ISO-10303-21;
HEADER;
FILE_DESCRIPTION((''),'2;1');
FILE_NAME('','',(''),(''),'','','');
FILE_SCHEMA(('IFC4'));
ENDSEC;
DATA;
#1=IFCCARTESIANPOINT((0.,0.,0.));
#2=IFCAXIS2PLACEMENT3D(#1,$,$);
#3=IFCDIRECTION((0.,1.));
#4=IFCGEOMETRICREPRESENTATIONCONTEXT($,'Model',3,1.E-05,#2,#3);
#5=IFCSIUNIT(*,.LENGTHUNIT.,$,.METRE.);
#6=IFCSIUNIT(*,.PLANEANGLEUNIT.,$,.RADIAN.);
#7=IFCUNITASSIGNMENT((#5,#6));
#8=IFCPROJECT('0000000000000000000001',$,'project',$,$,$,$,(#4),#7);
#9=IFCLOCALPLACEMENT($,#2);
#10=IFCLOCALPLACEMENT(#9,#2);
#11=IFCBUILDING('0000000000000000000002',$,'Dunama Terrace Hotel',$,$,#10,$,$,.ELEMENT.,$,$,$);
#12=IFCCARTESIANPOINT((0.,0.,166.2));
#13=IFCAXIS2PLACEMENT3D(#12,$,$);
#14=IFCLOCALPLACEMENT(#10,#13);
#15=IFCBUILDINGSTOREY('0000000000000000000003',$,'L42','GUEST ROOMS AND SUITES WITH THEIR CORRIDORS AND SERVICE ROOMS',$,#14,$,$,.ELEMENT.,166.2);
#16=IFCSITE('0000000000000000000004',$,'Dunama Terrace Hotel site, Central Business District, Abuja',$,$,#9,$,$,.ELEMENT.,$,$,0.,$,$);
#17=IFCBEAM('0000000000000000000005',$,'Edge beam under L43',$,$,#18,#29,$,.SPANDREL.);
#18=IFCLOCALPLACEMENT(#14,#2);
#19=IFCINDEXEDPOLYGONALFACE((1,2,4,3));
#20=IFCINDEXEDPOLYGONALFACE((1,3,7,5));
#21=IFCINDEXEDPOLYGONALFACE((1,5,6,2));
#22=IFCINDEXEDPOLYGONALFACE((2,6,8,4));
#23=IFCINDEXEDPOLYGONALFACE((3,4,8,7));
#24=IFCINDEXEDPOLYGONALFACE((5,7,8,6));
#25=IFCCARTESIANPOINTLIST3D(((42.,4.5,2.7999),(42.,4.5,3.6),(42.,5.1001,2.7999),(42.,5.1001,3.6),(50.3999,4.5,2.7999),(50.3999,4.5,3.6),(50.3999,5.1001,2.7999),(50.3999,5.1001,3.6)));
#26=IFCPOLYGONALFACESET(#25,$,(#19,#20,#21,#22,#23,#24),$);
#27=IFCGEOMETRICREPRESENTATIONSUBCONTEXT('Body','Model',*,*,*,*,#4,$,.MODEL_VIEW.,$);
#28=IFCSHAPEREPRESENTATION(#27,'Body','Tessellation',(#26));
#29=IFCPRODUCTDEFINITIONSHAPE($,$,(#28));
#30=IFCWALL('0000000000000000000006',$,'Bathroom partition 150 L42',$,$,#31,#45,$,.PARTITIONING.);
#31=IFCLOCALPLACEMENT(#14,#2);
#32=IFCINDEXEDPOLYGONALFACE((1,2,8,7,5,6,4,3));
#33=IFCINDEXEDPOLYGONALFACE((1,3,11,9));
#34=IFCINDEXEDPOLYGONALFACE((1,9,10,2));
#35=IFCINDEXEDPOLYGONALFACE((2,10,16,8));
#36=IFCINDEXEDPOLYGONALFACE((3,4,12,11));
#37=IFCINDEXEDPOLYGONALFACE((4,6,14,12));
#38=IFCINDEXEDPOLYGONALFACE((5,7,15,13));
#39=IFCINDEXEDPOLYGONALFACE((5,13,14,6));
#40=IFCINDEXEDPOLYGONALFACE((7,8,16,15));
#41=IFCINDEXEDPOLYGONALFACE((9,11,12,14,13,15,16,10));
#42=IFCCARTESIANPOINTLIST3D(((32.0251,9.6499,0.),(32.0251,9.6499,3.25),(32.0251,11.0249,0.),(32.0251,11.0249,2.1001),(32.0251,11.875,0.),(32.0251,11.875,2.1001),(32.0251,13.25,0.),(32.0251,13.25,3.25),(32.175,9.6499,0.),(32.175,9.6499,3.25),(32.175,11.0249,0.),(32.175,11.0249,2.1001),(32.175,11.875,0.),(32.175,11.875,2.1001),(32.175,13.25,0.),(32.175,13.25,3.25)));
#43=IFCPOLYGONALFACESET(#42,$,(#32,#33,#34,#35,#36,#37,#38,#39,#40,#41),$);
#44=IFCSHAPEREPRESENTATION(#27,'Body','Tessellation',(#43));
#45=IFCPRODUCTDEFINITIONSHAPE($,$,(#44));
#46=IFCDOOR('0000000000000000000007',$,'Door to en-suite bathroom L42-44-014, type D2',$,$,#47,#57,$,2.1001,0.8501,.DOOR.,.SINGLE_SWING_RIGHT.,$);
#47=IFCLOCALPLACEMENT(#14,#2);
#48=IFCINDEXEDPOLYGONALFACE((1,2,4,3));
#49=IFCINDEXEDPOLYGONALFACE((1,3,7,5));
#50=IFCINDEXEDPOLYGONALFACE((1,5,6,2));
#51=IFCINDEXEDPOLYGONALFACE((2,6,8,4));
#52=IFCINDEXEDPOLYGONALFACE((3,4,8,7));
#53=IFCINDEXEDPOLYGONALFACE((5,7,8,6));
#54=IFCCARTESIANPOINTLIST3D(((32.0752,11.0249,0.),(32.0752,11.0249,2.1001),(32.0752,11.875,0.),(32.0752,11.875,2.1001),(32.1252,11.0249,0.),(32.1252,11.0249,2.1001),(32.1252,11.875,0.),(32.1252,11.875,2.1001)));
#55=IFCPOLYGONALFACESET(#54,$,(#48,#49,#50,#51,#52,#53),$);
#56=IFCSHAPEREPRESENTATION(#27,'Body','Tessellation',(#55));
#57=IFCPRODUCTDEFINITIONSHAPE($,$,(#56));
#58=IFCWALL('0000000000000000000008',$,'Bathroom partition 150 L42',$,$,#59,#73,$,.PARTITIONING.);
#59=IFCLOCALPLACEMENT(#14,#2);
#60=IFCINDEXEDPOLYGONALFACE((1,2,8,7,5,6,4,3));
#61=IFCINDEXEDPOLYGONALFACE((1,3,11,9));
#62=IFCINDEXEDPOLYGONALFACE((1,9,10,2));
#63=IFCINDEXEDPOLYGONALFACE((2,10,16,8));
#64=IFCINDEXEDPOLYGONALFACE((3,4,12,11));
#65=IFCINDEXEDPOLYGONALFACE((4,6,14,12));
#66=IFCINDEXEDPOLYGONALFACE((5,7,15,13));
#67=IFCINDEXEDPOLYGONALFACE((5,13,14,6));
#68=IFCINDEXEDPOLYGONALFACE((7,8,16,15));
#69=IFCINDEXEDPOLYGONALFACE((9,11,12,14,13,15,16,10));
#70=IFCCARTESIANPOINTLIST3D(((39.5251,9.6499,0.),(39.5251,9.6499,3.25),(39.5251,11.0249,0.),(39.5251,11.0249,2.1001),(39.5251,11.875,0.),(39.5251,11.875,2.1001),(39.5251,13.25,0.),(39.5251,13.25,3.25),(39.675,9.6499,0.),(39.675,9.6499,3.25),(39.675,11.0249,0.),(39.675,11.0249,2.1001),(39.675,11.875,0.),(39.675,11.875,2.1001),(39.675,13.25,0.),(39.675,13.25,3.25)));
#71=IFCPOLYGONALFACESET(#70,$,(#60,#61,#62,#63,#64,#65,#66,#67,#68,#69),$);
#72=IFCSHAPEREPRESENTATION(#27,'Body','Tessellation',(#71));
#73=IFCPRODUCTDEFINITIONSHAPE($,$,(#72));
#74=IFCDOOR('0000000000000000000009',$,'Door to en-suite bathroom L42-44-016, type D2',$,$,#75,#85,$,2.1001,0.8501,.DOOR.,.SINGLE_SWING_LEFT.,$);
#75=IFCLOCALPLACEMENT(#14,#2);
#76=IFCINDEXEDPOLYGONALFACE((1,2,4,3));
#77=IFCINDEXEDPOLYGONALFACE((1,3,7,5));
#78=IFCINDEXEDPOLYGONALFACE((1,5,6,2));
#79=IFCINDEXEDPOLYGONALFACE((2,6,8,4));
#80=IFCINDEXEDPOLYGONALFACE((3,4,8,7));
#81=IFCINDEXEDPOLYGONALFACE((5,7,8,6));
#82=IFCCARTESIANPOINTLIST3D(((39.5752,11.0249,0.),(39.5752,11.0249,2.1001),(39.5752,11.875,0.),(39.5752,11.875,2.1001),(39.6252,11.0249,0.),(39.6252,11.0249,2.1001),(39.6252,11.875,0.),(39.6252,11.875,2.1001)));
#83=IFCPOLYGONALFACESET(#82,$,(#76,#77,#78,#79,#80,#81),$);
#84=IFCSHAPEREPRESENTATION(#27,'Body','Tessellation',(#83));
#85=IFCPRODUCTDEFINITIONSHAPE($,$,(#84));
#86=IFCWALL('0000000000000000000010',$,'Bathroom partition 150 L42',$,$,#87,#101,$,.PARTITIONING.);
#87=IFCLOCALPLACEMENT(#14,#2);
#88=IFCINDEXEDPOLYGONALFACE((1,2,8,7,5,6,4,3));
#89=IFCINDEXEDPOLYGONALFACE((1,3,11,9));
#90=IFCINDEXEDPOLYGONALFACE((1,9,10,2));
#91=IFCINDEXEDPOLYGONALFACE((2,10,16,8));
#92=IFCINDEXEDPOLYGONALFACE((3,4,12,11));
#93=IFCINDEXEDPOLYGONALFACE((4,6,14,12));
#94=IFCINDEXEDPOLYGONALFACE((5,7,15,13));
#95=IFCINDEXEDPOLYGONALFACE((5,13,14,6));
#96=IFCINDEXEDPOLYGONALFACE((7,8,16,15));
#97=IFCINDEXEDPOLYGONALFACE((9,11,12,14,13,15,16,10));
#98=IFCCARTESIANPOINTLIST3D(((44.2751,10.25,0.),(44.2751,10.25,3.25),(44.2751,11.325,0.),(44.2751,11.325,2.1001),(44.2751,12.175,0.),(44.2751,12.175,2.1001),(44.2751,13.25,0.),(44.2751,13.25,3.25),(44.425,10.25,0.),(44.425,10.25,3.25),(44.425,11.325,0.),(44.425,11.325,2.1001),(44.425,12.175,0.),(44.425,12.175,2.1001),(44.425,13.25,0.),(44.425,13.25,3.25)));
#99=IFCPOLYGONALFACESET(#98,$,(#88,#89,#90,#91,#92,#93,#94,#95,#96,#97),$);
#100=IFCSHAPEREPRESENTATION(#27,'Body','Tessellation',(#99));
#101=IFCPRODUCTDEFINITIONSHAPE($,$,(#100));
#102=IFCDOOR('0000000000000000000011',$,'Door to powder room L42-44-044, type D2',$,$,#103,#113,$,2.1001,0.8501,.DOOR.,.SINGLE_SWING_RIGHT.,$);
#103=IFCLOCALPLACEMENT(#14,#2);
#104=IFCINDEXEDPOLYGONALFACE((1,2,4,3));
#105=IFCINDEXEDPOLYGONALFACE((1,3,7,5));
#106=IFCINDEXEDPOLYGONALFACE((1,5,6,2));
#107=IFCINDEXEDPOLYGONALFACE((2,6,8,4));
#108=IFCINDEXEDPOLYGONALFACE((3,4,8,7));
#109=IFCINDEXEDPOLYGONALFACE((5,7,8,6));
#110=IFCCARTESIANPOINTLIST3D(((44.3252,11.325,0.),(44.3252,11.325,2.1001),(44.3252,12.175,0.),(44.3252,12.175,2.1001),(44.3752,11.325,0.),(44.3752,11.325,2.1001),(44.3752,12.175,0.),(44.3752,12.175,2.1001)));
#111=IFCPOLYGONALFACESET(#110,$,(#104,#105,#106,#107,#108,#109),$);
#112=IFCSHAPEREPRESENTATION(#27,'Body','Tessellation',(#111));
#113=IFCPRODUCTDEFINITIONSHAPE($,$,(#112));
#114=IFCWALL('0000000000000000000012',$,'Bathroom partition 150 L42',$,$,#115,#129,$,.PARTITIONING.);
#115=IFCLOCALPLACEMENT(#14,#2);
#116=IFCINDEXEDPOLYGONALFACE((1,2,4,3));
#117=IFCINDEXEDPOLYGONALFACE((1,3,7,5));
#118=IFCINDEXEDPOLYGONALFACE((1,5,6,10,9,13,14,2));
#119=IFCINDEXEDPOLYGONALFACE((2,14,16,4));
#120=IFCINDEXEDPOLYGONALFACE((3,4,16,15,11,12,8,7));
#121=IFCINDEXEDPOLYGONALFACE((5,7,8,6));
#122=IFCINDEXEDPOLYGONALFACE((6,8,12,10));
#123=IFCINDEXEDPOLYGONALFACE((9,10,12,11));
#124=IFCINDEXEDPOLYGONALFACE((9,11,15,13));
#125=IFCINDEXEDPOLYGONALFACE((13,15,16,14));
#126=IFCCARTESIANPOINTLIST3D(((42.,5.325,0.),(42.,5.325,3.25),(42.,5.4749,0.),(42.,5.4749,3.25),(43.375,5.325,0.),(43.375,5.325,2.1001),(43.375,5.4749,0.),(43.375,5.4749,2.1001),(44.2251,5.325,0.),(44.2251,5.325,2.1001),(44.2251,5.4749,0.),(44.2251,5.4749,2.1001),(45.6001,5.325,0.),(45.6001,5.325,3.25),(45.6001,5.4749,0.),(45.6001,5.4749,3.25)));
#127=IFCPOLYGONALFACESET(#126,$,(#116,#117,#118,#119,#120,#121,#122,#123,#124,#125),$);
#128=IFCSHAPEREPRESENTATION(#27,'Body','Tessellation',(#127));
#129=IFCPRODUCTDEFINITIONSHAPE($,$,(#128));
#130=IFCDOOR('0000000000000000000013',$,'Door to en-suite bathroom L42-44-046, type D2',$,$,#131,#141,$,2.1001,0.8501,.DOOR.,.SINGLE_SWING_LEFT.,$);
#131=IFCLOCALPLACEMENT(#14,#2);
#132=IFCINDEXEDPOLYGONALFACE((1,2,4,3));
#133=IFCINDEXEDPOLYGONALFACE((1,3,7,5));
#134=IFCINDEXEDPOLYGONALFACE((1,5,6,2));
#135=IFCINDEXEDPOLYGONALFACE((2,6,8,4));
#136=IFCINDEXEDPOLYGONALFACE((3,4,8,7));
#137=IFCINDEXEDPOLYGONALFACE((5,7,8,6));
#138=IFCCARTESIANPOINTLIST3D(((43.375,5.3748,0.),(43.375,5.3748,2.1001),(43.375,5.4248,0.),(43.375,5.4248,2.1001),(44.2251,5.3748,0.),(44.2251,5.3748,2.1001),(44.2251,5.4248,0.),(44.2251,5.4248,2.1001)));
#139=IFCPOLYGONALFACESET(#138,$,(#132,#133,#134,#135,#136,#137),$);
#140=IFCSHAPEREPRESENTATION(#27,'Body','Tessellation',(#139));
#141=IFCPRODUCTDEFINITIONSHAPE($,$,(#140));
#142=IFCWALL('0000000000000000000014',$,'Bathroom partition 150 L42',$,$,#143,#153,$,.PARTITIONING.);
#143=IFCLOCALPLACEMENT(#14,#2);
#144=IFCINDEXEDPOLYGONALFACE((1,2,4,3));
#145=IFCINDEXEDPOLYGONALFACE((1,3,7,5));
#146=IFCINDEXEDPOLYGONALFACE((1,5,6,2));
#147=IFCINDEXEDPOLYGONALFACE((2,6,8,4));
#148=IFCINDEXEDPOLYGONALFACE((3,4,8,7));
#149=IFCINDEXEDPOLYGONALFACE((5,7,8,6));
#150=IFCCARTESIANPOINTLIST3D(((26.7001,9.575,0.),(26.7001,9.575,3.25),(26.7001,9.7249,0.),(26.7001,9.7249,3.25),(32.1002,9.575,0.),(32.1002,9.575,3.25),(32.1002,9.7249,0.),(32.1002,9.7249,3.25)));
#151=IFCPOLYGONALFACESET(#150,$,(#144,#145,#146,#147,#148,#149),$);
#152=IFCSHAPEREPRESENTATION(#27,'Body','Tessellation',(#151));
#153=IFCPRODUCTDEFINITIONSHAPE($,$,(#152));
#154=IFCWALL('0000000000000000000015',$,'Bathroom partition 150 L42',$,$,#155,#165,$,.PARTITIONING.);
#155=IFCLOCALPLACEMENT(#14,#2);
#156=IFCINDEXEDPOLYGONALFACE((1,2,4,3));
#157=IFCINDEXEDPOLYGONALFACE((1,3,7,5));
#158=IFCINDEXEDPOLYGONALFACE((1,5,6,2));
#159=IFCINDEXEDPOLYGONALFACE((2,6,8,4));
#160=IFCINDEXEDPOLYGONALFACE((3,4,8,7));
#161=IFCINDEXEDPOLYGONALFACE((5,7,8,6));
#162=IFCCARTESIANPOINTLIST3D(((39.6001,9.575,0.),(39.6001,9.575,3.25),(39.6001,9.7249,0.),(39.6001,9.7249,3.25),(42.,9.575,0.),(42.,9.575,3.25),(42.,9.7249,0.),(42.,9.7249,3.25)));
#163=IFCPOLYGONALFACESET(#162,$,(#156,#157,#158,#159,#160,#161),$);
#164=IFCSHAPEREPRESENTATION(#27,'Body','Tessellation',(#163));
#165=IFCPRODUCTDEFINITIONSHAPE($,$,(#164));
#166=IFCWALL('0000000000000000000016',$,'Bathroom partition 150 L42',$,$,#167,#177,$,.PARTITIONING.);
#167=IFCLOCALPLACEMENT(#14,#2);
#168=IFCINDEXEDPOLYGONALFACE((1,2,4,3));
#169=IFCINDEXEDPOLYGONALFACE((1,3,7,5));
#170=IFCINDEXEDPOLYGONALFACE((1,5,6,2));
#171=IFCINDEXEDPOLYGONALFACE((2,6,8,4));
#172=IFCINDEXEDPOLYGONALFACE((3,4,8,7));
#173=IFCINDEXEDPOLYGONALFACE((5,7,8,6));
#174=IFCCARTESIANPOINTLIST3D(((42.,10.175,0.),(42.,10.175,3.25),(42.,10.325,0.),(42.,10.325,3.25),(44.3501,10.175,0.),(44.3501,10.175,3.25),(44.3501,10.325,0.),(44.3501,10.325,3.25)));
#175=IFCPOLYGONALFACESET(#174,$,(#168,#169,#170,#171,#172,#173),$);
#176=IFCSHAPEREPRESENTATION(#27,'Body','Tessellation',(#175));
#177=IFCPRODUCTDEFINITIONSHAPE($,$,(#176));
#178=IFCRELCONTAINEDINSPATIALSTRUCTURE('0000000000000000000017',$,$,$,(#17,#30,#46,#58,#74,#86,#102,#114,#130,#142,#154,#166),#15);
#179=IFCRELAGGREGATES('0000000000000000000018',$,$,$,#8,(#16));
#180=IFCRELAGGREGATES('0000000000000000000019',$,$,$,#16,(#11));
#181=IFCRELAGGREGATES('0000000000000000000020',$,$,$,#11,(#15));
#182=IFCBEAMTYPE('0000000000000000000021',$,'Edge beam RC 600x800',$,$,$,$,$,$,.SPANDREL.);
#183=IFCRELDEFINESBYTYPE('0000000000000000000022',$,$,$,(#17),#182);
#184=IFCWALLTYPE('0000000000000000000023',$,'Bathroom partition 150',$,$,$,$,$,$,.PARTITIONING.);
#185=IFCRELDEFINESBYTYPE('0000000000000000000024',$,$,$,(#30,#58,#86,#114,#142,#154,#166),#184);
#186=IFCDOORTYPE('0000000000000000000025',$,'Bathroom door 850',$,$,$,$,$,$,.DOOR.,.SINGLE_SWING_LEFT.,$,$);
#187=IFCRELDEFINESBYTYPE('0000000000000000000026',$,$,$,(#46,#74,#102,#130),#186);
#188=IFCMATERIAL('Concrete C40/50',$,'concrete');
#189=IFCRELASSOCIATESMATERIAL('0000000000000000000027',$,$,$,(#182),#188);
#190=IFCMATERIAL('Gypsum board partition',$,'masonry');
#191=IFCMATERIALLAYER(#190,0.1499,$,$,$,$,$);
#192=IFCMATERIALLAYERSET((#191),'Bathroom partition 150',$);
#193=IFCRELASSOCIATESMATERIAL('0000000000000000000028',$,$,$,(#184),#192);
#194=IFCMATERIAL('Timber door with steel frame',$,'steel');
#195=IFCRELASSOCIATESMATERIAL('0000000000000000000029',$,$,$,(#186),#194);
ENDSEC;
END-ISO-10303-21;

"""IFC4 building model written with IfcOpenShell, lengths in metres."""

from ifc_helpers import new_model, si_unit, direction, frame, frame_2d, origin, origin_2d, place, context, subcontext, project, spatial, rectangle, extrude, material, layer, layer_set, material_profile, profile_set, type_object, element, fill, save


model = new_model("IFC4")

# Units and contexts
model_context = context("Model", 3, precision=1e-05, world=origin(), true_north=direction((0.0, 1.0)))
body_context = subcontext(model_context, "Body", "Model", "MODEL_VIEW")
ifc_project = project(units=[si_unit("LENGTHUNIT", "METRE"), si_unit("PLANEANGLEUNIT", "RADIAN")], contexts=[model_context])

# Site, building, storey
site_placement = place(None, origin())
site = spatial("IfcSite", under=ifc_project, at=site_placement, Name="Dunama Terrace Hotel site, Central Business District, Abuja", CompositionType="ELEMENT", RefElevation=0.0)
building_placement = place(site_placement, origin())
building = spatial("IfcBuilding", under=site, at=building_placement, Name="Dunama Terrace Hotel", CompositionType="ELEMENT")
storey_placement = place(building_placement, frame((0.0, 0.0, 166.2)))
storey = spatial("IfcBuildingStorey", under=building, at=storey_placement, Name="L42", Description="GUEST ROOMS AND SUITES WITH THEIR CORRIDORS AND SERVICE ROOMS", CompositionType="ELEMENT", Elevation=166.2)

# Beam
ifc_material_1 = material(Name="Concrete C40/50", Category="concrete")
ifc_material_profile = material_profile(ifc_material_1, rectangle(XDim=0.6001, YDim=0.8, at=origin_2d()), Name="RC 600x800")
ifc_profile_set = profile_set([ifc_material_profile], Name="Concrete C40/50")
beam_type = type_object("IfcBeamType", Name="Edge beam RC 600x800", PredefinedType="SPANDREL", material=ifc_profile_set)
beam_placement = place(storey_placement, frame((42.0, 4.8, 3.2), z_axis=(1.0, 0.0, 0.0), x_axis=(0.0, 1.0, 0.0)))
element("IfcBeam", 1, at=beam_placement, inside=storey, type_object=beam_type, Name="Edge beam under L43", PredefinedType="SPANDREL", context=body_context, shape_type="SweptSolid", body=[
    extrude(rectangle(XDim=0.6001, YDim=0.8, at=origin_2d()), origin(), (0.0, 0.0, 1.0), 8.3999),
])

# Walls, openings, doors
ifc_material_2 = material(Name="Gypsum board partition", Category="masonry")
ifc_layer_1 = layer(ifc_material_2, 0.1499)
ifc_layer_set_1 = layer_set([ifc_layer_1], Name="Bathroom partition 150")
wall_type_1 = type_object("IfcWallType", Name="Bathroom partition 150", PredefinedType="PARTITIONING", material=ifc_layer_set_1)
wall_1_placement = place(storey_placement, frame((32.1001, 9.6499, 0.0), z_axis=(0.0, 0.0, 1.0), x_axis=(0.0, 1.0, 0.0)))
wall_1 = element("IfcWall", 2, at=wall_1_placement, inside=storey, type_object=wall_type_1, Name="Bathroom partition 150 L42", PredefinedType="PARTITIONING", context=body_context, shape_type="SweptSolid", body=[
    extrude(rectangle(XDim=3.6001, YDim=0.1499, at=frame_2d((1.8, 0.0))), origin(), (0.0, 0.0, 1.0), 3.25),
])
opening_1_placement = place(wall_1_placement, frame((1.375, 0.0, 0.0)))
opening_1 = element("IfcOpeningElement", 3, at=opening_1_placement, cuts=wall_1, PredefinedType="OPENING", context=body_context, shape_type="SweptSolid", body=[
    extrude(rectangle(XDim=0.8501, YDim=2.1001, at=frame_2d((0.425, 1.05))), frame((0.0, 0.085, 0.0), z_axis=(0.0, -1.0, 0.0), x_axis=(1.0, 0.0, 0.0)), (0.0, 0.0, 1.0), 0.1699),
])
ifc_material_3 = material(Name="Timber door with steel frame", Category="steel")
door_type_1 = type_object("IfcDoorType", Name="Bathroom door 850", OperationType="SINGLE_SWING_LEFT", PredefinedType="DOOR", material=ifc_material_3)
door_1_placement = place(opening_1_placement, origin())
door_1 = element("IfcDoor", 4, at=door_1_placement, inside=storey, type_object=door_type_1, Name="Door to en-suite bathroom L42-44-014, type D2", OperationType="SINGLE_SWING_RIGHT", OverallHeight=2.1001, OverallWidth=0.8501, PredefinedType="DOOR", context=body_context, shape_type="SweptSolid", body=[
    extrude(rectangle(XDim=0.8501, YDim=2.1001, at=frame_2d((0.425, 1.05))), frame((0.0, 0.0249, 0.0), z_axis=(0.0, -1.0, 0.0), x_axis=(1.0, 0.0, 0.0)), (0.0, 0.0, 1.0), 0.05),
])
fill(opening_1, door_1)
wall_2_placement = place(storey_placement, frame((39.6001, 9.6499, 0.0), z_axis=(0.0, 0.0, 1.0), x_axis=(0.0, 1.0, 0.0)))
wall_2 = element("IfcWall", 5, at=wall_2_placement, inside=storey, type_object=wall_type_1, Name="Bathroom partition 150 L42", PredefinedType="PARTITIONING", context=body_context, shape_type="SweptSolid", body=[
    extrude(rectangle(XDim=3.6001, YDim=0.1499, at=frame_2d((1.8, 0.0))), origin(), (0.0, 0.0, 1.0), 3.25),
])
opening_2_placement = place(wall_2_placement, frame((1.375, 0.0, 0.0)))
opening_2 = element("IfcOpeningElement", 6, at=opening_2_placement, cuts=wall_2, PredefinedType="OPENING", context=body_context, shape_type="SweptSolid", body=[
    extrude(rectangle(XDim=0.8501, YDim=2.1001, at=frame_2d((0.425, 1.05))), frame((0.0, 0.085, 0.0), z_axis=(0.0, -1.0, 0.0), x_axis=(1.0, 0.0, 0.0)), (0.0, 0.0, 1.0), 0.1699),
])
door_2_placement = place(opening_2_placement, frame((0.8501, 0.0, 0.0), z_axis=(0.0, 0.0, 1.0), x_axis=(-1.0, 0.0, 0.0)))
door_2 = element("IfcDoor", 7, at=door_2_placement, inside=storey, type_object=door_type_1, Name="Door to en-suite bathroom L42-44-016, type D2", OperationType="SINGLE_SWING_LEFT", OverallHeight=2.1001, OverallWidth=0.8501, PredefinedType="DOOR", context=body_context, shape_type="SweptSolid", body=[
    extrude(rectangle(XDim=0.8501, YDim=2.1001, at=frame_2d((0.425, 1.05))), frame((0.0, 0.0251, 0.0), z_axis=(0.0, -1.0, 0.0), x_axis=(1.0, 0.0, 0.0)), (0.0, 0.0, 1.0), 0.05),
])
fill(opening_2, door_2)
wall_3_placement = place(storey_placement, frame((44.3501, 10.25, 0.0), z_axis=(0.0, 0.0, 1.0), x_axis=(0.0, 1.0, 0.0)))
wall_3 = element("IfcWall", 8, at=wall_3_placement, inside=storey, type_object=wall_type_1, Name="Bathroom partition 150 L42", PredefinedType="PARTITIONING", context=body_context, shape_type="SweptSolid", body=[
    extrude(rectangle(XDim=3.0, YDim=0.1499, at=frame_2d((1.5, 0.0))), origin(), (0.0, 0.0, 1.0), 3.25),
])
opening_3_placement = place(wall_3_placement, frame((1.075, 0.0, 0.0)))
opening_3 = element("IfcOpeningElement", 9, at=opening_3_placement, cuts=wall_3, PredefinedType="OPENING", context=body_context, shape_type="SweptSolid", body=[
    extrude(rectangle(XDim=0.8501, YDim=2.1001, at=frame_2d((0.425, 1.05))), frame((0.0, 0.085, 0.0), z_axis=(0.0, -1.0, 0.0), x_axis=(1.0, 0.0, 0.0)), (0.0, 0.0, 1.0), 0.1699),
])
door_3_placement = place(opening_3_placement, origin())
door_3 = element("IfcDoor", 10, at=door_3_placement, inside=storey, type_object=door_type_1, Name="Door to powder room L42-44-044, type D2", OperationType="SINGLE_SWING_RIGHT", OverallHeight=2.1001, OverallWidth=0.8501, PredefinedType="DOOR", context=body_context, shape_type="SweptSolid", body=[
    extrude(rectangle(XDim=0.8501, YDim=2.1001, at=frame_2d((0.425, 1.05))), frame((0.0, 0.0249, 0.0), z_axis=(0.0, -1.0, 0.0), x_axis=(1.0, 0.0, 0.0)), (0.0, 0.0, 1.0), 0.05),
])
fill(opening_3, door_3)
wall_4_placement = place(storey_placement, frame((42.0, 5.3999, 0.0), z_axis=(0.0, 0.0, 1.0), x_axis=(1.0, 0.0, 0.0)))
wall_4 = element("IfcWall", 11, at=wall_4_placement, inside=storey, type_object=wall_type_1, Name="Bathroom partition 150 L42", PredefinedType="PARTITIONING", context=body_context, shape_type="SweptSolid", body=[
    extrude(rectangle(XDim=3.6001, YDim=0.1499, at=frame_2d((1.8, 0.0))), origin(), (0.0, 0.0, 1.0), 3.25),
])
opening_4_placement = place(wall_4_placement, frame((1.375, 0.0, 0.0)))
opening_4 = element("IfcOpeningElement", 12, at=opening_4_placement, cuts=wall_4, PredefinedType="OPENING", context=body_context, shape_type="SweptSolid", body=[
    extrude(rectangle(XDim=0.8501, YDim=2.1001, at=frame_2d((0.425, 1.05))), frame((0.0, 0.085, 0.0), z_axis=(0.0, -1.0, 0.0), x_axis=(1.0, 0.0, 0.0)), (0.0, 0.0, 1.0), 0.1699),
])
door_4_placement = place(opening_4_placement, origin())
door_4 = element("IfcDoor", 13, at=door_4_placement, inside=storey, type_object=door_type_1, Name="Door to en-suite bathroom L42-44-046, type D2", OperationType="SINGLE_SWING_LEFT", OverallHeight=2.1001, OverallWidth=0.8501, PredefinedType="DOOR", context=body_context, shape_type="SweptSolid", body=[
    extrude(rectangle(XDim=0.8501, YDim=2.1001, at=frame_2d((0.425, 1.05))), frame((0.0, 0.0249, 0.0), z_axis=(0.0, -1.0, 0.0), x_axis=(1.0, 0.0, 0.0)), (0.0, 0.0, 1.0), 0.05),
])
fill(opening_4, door_4)

# Walls
wall_5_placement = place(storey_placement, frame((26.7, 9.6499, 0.0), z_axis=(0.0, 0.0, 1.0), x_axis=(1.0, 0.0, 0.0)))
element("IfcWall", 14, at=wall_5_placement, inside=storey, type_object=wall_type_1, Name="Bathroom partition 150 L42", PredefinedType="PARTITIONING", context=body_context, shape_type="SweptSolid", body=[
    extrude(rectangle(XDim=5.4001, YDim=0.1499, at=frame_2d((2.7002, 0.0))), origin(), (0.0, 0.0, 1.0), 3.25),
])
wall_6_placement = place(storey_placement, frame((39.6001, 9.6499, 0.0), z_axis=(0.0, 0.0, 1.0), x_axis=(1.0, 0.0, 0.0)))
element("IfcWall", 15, at=wall_6_placement, inside=storey, type_object=wall_type_1, Name="Bathroom partition 150 L42", PredefinedType="PARTITIONING", context=body_context, shape_type="SweptSolid", body=[
    extrude(rectangle(XDim=2.3999, YDim=0.1499, at=frame_2d((1.2, 0.0))), origin(), (0.0, 0.0, 1.0), 3.25),
])
wall_7_placement = place(storey_placement, frame((42.0, 10.25, 0.0), z_axis=(0.0, 0.0, 1.0), x_axis=(1.0, 0.0, 0.0)))
element("IfcWall", 16, at=wall_7_placement, inside=storey, type_object=wall_type_1, Name="Bathroom partition 150 L42", PredefinedType="PARTITIONING", context=body_context, shape_type="SweptSolid", body=[
    extrude(rectangle(XDim=2.3501, YDim=0.1499, at=frame_2d((1.175, 0.0))), origin(), (0.0, 0.0, 1.0), 3.25),
])

save(model, "model.ifc")
